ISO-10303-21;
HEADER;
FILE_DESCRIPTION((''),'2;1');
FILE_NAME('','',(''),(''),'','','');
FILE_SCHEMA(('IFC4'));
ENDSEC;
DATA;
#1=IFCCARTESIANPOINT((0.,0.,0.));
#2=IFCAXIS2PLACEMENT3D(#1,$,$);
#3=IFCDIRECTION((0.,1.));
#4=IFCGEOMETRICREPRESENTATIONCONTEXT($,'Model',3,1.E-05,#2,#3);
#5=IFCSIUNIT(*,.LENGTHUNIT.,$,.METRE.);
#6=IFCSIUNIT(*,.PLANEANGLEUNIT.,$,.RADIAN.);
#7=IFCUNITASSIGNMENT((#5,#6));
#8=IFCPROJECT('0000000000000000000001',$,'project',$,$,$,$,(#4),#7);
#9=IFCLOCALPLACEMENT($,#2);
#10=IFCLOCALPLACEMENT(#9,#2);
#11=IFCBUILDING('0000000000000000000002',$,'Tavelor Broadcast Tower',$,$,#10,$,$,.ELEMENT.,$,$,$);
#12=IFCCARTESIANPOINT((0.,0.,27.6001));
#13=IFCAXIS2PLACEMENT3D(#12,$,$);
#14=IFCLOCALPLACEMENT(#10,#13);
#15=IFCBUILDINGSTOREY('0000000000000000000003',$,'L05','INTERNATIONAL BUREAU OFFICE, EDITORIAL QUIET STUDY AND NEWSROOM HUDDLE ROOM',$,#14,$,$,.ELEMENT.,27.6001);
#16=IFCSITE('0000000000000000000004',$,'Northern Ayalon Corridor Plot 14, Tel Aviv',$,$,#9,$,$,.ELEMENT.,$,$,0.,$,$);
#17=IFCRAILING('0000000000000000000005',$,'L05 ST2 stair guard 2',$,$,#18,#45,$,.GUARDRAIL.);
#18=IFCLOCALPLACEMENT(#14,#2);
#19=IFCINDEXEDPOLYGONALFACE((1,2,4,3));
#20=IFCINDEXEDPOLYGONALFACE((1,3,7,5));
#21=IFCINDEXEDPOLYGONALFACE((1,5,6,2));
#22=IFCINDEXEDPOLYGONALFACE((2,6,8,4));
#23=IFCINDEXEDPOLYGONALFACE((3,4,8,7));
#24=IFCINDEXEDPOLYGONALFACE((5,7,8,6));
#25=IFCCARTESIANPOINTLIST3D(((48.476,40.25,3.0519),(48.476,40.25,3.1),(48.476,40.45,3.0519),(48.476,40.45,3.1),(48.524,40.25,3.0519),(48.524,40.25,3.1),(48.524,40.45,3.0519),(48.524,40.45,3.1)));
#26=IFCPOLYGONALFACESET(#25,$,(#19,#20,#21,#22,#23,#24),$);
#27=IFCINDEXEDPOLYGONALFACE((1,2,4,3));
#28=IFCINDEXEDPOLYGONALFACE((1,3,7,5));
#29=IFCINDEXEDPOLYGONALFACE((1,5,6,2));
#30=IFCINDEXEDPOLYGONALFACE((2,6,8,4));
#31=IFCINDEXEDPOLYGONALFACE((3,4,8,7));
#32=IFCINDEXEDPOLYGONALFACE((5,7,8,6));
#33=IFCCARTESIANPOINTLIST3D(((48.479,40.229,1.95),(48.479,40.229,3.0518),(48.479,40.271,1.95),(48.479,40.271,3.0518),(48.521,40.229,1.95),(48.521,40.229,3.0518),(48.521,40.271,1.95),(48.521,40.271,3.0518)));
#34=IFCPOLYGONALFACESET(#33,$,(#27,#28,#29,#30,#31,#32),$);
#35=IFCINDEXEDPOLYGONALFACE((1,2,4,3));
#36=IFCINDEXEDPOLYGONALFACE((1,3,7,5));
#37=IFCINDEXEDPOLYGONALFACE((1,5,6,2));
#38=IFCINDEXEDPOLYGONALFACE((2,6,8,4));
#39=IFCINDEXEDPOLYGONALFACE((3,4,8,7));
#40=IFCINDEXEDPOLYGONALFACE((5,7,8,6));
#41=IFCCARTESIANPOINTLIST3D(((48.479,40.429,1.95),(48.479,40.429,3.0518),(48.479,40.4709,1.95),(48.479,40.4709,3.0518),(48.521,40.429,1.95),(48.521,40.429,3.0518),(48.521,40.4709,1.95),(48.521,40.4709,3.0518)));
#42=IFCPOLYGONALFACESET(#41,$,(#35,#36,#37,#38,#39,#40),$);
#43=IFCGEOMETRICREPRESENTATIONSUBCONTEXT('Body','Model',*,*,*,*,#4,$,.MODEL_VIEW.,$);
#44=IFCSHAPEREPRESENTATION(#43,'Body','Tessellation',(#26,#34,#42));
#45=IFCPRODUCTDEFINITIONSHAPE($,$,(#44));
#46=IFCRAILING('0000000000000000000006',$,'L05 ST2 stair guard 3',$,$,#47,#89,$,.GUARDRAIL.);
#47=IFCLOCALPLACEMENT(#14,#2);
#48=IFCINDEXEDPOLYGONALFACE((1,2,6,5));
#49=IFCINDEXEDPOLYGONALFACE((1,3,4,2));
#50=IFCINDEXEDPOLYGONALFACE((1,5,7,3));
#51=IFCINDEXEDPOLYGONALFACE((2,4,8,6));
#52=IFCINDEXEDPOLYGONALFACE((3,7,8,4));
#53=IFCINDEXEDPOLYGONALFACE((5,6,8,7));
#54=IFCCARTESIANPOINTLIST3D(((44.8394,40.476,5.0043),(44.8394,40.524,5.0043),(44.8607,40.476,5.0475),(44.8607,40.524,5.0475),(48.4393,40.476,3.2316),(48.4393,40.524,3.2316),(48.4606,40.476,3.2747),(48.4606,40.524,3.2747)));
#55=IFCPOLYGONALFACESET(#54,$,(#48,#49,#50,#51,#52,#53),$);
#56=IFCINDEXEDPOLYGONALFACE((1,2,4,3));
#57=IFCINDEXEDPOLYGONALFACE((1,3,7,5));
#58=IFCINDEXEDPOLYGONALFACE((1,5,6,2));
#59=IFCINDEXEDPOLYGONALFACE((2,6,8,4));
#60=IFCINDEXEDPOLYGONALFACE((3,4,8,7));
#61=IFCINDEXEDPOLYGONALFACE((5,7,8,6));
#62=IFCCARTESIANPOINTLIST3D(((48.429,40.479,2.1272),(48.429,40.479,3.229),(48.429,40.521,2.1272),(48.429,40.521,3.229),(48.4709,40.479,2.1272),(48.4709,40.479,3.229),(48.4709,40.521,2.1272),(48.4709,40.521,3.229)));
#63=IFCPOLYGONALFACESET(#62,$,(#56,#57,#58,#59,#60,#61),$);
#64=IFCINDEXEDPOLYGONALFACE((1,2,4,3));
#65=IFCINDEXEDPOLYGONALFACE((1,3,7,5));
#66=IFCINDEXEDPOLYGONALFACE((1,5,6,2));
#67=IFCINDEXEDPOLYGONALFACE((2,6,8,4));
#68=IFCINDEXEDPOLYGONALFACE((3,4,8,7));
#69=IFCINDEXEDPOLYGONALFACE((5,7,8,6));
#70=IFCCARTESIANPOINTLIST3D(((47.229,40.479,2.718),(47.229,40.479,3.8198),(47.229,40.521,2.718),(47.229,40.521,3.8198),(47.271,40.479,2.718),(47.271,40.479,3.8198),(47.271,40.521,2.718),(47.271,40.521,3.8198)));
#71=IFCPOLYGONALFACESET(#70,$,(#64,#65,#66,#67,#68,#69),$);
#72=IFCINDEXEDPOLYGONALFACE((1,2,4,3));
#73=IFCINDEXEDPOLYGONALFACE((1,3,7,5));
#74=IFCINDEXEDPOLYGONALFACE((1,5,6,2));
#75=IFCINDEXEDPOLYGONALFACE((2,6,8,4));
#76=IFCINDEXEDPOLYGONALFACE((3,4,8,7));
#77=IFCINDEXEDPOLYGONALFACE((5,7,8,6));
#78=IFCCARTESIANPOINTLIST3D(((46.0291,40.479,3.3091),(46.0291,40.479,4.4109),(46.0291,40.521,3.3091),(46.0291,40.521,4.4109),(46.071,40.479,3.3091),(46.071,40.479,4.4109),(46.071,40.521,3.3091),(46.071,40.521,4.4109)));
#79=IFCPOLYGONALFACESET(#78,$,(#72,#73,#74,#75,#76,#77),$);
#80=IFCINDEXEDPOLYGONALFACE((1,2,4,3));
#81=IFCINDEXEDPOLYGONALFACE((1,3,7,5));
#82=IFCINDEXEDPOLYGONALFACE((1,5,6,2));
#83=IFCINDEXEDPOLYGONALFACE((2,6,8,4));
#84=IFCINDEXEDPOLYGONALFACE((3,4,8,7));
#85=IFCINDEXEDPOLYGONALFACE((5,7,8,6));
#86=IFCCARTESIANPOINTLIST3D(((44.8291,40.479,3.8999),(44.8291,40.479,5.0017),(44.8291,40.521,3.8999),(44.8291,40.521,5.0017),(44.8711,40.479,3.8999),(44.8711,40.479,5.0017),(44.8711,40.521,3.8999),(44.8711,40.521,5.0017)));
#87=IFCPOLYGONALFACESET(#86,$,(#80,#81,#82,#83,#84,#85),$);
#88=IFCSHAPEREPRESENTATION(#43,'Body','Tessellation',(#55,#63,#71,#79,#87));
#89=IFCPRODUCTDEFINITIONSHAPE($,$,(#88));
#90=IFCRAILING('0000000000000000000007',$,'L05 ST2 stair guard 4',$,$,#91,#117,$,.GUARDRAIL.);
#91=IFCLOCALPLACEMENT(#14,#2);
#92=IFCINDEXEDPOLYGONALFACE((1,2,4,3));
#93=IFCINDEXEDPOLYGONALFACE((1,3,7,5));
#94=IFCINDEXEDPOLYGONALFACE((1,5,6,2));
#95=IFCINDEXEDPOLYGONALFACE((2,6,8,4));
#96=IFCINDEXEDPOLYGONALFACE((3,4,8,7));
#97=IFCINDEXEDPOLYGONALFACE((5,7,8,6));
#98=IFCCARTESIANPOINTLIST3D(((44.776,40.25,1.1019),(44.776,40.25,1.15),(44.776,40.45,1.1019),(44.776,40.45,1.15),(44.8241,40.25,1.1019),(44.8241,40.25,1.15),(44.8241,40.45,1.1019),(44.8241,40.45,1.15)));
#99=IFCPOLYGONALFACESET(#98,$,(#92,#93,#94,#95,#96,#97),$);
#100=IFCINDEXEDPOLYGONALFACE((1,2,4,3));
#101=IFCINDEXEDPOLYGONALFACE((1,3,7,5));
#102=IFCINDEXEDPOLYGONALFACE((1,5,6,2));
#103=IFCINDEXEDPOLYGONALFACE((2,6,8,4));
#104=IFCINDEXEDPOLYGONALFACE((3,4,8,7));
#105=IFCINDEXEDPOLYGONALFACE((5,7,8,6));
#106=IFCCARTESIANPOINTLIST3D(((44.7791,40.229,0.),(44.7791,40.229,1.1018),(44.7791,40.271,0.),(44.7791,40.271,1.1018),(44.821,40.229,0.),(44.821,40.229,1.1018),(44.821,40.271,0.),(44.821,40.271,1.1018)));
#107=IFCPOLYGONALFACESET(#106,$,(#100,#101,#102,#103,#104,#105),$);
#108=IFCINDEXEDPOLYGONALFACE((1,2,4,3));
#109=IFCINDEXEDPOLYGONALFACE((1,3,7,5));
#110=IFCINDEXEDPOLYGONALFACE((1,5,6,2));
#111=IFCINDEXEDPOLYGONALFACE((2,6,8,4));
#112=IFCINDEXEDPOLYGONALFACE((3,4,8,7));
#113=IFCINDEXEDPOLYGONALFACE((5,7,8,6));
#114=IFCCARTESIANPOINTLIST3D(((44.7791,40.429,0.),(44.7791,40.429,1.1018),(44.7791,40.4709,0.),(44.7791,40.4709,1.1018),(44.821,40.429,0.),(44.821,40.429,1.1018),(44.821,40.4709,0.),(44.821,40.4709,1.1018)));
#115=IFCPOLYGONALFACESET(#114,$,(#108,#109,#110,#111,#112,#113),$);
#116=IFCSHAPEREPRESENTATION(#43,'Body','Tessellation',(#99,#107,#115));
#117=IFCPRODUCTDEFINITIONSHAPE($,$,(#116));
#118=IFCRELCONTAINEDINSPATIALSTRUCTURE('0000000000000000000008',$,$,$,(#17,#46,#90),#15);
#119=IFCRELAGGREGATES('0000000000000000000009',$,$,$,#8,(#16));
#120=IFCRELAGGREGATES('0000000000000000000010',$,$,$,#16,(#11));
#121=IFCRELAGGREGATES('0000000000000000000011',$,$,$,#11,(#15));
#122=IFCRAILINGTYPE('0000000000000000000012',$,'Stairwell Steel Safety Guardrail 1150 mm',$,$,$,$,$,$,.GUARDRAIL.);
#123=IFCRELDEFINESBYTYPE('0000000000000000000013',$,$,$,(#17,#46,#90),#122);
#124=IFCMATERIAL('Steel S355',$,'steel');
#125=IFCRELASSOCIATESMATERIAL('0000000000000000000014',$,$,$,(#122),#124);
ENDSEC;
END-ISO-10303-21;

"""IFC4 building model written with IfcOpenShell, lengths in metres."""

from ifc_helpers import new_model, si_unit, direction, frame, origin, origin_2d, place, context, subcontext, project, spatial, rectangle, extrude, material, type_object, element, save


model = new_model("IFC4")

# Units and contexts
model_context = context("Model", 3, precision=1e-05, world=origin(), true_north=direction((0.0, 1.0)))
body_context = subcontext(model_context, "Body", "Model", "MODEL_VIEW")
ifc_project = project(units=[si_unit("LENGTHUNIT", "METRE"), si_unit("PLANEANGLEUNIT", "RADIAN")], contexts=[model_context])

# Site, building, storey
site_placement = place(None, origin())
site = spatial("IfcSite", under=ifc_project, at=site_placement, Name="Northern Ayalon Corridor Plot 14, Tel Aviv", CompositionType="ELEMENT", RefElevation=0.0)
building_placement = place(site_placement, origin())
building = spatial("IfcBuilding", under=site, at=building_placement, Name="Tavelor Broadcast Tower", CompositionType="ELEMENT")
storey_placement = place(building_placement, frame((0.0, 0.0, 27.6001)))
storey = spatial("IfcBuildingStorey", under=building, at=storey_placement, Name="L05", Description="INTERNATIONAL BUREAU OFFICE, EDITORIAL QUIET STUDY AND NEWSROOM HUDDLE ROOM", CompositionType="ELEMENT", Elevation=27.6001)

# Shared definitions
ifc_material_1 = material(Name="Steel S355", Category="steel")

# Railings
railing_type_1 = type_object("IfcRailingType", Name="Stairwell Steel Safety Guardrail 1150 mm", PredefinedType="GUARDRAIL", material=ifc_material_1)
railing_1_placement = place(storey_placement, frame((48.5, 40.25, 1.95)))
element("IfcRailing", 1, at=railing_1_placement, inside=storey, type_object=railing_type_1, Name="L05 ST2 stair guard 2", PredefinedType="GUARDRAIL", context=body_context, shape_type="SweptSolid", body=[
    extrude(rectangle(XDim=0.0481, YDim=0.0481, at=origin_2d()), frame((0.0, 0.0, 1.126), z_axis=(0.0, 1.0, 0.0), x_axis=(-1.0, 0.0, 0.0)), (0.0, 0.0, 1.0), 0.2),
    extrude(rectangle(XDim=0.042, YDim=0.042, at=origin_2d()), origin(), (0.0, 0.0, 1.0), 1.1018),
    extrude(rectangle(XDim=0.042, YDim=0.042, at=origin_2d()), frame((0.0, 0.2, 0.0)), (0.0, 0.0, 1.0), 1.1018),
])
railing_2_placement = place(storey_placement, frame((48.45, 40.5, 2.1272)))
element("IfcRailing", 2, at=railing_2_placement, inside=storey, type_object=railing_type_1, Name="L05 ST2 stair guard 3", PredefinedType="GUARDRAIL", context=body_context, shape_type="SweptSolid", body=[
    extrude(rectangle(XDim=0.0481, YDim=0.0481, at=origin_2d()), frame((0.0, 0.0, 1.126), z_axis=(-0.897124, 0.0, 0.441778), x_axis=(0.0, -1.0, 0.0)), (0.0, 0.0, 1.0), 4.0127),
    extrude(rectangle(XDim=0.042, YDim=0.042, at=origin_2d()), origin(), (0.0, 0.0, 1.0), 1.1018),
    extrude(rectangle(XDim=0.042, YDim=0.042, at=origin_2d()), frame((-1.2, 0.0, 0.5908)), (0.0, 0.0, 1.0), 1.1018),
    extrude(rectangle(XDim=0.042, YDim=0.042, at=origin_2d()), frame((-2.3999, 0.0, 1.1819)), (0.0, 0.0, 1.0), 1.1018),
    extrude(rectangle(XDim=0.042, YDim=0.042, at=origin_2d()), frame((-3.5999, 0.0, 1.7727)), (0.0, 0.0, 1.0), 1.1018),
])
railing_3_placement = place(storey_placement, frame((44.8, 40.25, 0.0)))
element("IfcRailing", 3, at=railing_3_placement, inside=storey, type_object=railing_type_1, Name="L05 ST2 stair guard 4", PredefinedType="GUARDRAIL", context=body_context, shape_type="SweptSolid", body=[
    extrude(rectangle(XDim=0.0481, YDim=0.0481, at=origin_2d()), frame((0.0, 0.0, 1.126), z_axis=(0.0, 1.0, 0.0), x_axis=(-1.0, 0.0, 0.0)), (0.0, 0.0, 1.0), 0.2),
    extrude(rectangle(XDim=0.042, YDim=0.042, at=origin_2d()), origin(), (0.0, 0.0, 1.0), 1.1018),
    extrude(rectangle(XDim=0.042, YDim=0.042, at=origin_2d()), frame((0.0, 0.2, 0.0)), (0.0, 0.0, 1.0), 1.1018),
])

save(model, "model.ifc")
